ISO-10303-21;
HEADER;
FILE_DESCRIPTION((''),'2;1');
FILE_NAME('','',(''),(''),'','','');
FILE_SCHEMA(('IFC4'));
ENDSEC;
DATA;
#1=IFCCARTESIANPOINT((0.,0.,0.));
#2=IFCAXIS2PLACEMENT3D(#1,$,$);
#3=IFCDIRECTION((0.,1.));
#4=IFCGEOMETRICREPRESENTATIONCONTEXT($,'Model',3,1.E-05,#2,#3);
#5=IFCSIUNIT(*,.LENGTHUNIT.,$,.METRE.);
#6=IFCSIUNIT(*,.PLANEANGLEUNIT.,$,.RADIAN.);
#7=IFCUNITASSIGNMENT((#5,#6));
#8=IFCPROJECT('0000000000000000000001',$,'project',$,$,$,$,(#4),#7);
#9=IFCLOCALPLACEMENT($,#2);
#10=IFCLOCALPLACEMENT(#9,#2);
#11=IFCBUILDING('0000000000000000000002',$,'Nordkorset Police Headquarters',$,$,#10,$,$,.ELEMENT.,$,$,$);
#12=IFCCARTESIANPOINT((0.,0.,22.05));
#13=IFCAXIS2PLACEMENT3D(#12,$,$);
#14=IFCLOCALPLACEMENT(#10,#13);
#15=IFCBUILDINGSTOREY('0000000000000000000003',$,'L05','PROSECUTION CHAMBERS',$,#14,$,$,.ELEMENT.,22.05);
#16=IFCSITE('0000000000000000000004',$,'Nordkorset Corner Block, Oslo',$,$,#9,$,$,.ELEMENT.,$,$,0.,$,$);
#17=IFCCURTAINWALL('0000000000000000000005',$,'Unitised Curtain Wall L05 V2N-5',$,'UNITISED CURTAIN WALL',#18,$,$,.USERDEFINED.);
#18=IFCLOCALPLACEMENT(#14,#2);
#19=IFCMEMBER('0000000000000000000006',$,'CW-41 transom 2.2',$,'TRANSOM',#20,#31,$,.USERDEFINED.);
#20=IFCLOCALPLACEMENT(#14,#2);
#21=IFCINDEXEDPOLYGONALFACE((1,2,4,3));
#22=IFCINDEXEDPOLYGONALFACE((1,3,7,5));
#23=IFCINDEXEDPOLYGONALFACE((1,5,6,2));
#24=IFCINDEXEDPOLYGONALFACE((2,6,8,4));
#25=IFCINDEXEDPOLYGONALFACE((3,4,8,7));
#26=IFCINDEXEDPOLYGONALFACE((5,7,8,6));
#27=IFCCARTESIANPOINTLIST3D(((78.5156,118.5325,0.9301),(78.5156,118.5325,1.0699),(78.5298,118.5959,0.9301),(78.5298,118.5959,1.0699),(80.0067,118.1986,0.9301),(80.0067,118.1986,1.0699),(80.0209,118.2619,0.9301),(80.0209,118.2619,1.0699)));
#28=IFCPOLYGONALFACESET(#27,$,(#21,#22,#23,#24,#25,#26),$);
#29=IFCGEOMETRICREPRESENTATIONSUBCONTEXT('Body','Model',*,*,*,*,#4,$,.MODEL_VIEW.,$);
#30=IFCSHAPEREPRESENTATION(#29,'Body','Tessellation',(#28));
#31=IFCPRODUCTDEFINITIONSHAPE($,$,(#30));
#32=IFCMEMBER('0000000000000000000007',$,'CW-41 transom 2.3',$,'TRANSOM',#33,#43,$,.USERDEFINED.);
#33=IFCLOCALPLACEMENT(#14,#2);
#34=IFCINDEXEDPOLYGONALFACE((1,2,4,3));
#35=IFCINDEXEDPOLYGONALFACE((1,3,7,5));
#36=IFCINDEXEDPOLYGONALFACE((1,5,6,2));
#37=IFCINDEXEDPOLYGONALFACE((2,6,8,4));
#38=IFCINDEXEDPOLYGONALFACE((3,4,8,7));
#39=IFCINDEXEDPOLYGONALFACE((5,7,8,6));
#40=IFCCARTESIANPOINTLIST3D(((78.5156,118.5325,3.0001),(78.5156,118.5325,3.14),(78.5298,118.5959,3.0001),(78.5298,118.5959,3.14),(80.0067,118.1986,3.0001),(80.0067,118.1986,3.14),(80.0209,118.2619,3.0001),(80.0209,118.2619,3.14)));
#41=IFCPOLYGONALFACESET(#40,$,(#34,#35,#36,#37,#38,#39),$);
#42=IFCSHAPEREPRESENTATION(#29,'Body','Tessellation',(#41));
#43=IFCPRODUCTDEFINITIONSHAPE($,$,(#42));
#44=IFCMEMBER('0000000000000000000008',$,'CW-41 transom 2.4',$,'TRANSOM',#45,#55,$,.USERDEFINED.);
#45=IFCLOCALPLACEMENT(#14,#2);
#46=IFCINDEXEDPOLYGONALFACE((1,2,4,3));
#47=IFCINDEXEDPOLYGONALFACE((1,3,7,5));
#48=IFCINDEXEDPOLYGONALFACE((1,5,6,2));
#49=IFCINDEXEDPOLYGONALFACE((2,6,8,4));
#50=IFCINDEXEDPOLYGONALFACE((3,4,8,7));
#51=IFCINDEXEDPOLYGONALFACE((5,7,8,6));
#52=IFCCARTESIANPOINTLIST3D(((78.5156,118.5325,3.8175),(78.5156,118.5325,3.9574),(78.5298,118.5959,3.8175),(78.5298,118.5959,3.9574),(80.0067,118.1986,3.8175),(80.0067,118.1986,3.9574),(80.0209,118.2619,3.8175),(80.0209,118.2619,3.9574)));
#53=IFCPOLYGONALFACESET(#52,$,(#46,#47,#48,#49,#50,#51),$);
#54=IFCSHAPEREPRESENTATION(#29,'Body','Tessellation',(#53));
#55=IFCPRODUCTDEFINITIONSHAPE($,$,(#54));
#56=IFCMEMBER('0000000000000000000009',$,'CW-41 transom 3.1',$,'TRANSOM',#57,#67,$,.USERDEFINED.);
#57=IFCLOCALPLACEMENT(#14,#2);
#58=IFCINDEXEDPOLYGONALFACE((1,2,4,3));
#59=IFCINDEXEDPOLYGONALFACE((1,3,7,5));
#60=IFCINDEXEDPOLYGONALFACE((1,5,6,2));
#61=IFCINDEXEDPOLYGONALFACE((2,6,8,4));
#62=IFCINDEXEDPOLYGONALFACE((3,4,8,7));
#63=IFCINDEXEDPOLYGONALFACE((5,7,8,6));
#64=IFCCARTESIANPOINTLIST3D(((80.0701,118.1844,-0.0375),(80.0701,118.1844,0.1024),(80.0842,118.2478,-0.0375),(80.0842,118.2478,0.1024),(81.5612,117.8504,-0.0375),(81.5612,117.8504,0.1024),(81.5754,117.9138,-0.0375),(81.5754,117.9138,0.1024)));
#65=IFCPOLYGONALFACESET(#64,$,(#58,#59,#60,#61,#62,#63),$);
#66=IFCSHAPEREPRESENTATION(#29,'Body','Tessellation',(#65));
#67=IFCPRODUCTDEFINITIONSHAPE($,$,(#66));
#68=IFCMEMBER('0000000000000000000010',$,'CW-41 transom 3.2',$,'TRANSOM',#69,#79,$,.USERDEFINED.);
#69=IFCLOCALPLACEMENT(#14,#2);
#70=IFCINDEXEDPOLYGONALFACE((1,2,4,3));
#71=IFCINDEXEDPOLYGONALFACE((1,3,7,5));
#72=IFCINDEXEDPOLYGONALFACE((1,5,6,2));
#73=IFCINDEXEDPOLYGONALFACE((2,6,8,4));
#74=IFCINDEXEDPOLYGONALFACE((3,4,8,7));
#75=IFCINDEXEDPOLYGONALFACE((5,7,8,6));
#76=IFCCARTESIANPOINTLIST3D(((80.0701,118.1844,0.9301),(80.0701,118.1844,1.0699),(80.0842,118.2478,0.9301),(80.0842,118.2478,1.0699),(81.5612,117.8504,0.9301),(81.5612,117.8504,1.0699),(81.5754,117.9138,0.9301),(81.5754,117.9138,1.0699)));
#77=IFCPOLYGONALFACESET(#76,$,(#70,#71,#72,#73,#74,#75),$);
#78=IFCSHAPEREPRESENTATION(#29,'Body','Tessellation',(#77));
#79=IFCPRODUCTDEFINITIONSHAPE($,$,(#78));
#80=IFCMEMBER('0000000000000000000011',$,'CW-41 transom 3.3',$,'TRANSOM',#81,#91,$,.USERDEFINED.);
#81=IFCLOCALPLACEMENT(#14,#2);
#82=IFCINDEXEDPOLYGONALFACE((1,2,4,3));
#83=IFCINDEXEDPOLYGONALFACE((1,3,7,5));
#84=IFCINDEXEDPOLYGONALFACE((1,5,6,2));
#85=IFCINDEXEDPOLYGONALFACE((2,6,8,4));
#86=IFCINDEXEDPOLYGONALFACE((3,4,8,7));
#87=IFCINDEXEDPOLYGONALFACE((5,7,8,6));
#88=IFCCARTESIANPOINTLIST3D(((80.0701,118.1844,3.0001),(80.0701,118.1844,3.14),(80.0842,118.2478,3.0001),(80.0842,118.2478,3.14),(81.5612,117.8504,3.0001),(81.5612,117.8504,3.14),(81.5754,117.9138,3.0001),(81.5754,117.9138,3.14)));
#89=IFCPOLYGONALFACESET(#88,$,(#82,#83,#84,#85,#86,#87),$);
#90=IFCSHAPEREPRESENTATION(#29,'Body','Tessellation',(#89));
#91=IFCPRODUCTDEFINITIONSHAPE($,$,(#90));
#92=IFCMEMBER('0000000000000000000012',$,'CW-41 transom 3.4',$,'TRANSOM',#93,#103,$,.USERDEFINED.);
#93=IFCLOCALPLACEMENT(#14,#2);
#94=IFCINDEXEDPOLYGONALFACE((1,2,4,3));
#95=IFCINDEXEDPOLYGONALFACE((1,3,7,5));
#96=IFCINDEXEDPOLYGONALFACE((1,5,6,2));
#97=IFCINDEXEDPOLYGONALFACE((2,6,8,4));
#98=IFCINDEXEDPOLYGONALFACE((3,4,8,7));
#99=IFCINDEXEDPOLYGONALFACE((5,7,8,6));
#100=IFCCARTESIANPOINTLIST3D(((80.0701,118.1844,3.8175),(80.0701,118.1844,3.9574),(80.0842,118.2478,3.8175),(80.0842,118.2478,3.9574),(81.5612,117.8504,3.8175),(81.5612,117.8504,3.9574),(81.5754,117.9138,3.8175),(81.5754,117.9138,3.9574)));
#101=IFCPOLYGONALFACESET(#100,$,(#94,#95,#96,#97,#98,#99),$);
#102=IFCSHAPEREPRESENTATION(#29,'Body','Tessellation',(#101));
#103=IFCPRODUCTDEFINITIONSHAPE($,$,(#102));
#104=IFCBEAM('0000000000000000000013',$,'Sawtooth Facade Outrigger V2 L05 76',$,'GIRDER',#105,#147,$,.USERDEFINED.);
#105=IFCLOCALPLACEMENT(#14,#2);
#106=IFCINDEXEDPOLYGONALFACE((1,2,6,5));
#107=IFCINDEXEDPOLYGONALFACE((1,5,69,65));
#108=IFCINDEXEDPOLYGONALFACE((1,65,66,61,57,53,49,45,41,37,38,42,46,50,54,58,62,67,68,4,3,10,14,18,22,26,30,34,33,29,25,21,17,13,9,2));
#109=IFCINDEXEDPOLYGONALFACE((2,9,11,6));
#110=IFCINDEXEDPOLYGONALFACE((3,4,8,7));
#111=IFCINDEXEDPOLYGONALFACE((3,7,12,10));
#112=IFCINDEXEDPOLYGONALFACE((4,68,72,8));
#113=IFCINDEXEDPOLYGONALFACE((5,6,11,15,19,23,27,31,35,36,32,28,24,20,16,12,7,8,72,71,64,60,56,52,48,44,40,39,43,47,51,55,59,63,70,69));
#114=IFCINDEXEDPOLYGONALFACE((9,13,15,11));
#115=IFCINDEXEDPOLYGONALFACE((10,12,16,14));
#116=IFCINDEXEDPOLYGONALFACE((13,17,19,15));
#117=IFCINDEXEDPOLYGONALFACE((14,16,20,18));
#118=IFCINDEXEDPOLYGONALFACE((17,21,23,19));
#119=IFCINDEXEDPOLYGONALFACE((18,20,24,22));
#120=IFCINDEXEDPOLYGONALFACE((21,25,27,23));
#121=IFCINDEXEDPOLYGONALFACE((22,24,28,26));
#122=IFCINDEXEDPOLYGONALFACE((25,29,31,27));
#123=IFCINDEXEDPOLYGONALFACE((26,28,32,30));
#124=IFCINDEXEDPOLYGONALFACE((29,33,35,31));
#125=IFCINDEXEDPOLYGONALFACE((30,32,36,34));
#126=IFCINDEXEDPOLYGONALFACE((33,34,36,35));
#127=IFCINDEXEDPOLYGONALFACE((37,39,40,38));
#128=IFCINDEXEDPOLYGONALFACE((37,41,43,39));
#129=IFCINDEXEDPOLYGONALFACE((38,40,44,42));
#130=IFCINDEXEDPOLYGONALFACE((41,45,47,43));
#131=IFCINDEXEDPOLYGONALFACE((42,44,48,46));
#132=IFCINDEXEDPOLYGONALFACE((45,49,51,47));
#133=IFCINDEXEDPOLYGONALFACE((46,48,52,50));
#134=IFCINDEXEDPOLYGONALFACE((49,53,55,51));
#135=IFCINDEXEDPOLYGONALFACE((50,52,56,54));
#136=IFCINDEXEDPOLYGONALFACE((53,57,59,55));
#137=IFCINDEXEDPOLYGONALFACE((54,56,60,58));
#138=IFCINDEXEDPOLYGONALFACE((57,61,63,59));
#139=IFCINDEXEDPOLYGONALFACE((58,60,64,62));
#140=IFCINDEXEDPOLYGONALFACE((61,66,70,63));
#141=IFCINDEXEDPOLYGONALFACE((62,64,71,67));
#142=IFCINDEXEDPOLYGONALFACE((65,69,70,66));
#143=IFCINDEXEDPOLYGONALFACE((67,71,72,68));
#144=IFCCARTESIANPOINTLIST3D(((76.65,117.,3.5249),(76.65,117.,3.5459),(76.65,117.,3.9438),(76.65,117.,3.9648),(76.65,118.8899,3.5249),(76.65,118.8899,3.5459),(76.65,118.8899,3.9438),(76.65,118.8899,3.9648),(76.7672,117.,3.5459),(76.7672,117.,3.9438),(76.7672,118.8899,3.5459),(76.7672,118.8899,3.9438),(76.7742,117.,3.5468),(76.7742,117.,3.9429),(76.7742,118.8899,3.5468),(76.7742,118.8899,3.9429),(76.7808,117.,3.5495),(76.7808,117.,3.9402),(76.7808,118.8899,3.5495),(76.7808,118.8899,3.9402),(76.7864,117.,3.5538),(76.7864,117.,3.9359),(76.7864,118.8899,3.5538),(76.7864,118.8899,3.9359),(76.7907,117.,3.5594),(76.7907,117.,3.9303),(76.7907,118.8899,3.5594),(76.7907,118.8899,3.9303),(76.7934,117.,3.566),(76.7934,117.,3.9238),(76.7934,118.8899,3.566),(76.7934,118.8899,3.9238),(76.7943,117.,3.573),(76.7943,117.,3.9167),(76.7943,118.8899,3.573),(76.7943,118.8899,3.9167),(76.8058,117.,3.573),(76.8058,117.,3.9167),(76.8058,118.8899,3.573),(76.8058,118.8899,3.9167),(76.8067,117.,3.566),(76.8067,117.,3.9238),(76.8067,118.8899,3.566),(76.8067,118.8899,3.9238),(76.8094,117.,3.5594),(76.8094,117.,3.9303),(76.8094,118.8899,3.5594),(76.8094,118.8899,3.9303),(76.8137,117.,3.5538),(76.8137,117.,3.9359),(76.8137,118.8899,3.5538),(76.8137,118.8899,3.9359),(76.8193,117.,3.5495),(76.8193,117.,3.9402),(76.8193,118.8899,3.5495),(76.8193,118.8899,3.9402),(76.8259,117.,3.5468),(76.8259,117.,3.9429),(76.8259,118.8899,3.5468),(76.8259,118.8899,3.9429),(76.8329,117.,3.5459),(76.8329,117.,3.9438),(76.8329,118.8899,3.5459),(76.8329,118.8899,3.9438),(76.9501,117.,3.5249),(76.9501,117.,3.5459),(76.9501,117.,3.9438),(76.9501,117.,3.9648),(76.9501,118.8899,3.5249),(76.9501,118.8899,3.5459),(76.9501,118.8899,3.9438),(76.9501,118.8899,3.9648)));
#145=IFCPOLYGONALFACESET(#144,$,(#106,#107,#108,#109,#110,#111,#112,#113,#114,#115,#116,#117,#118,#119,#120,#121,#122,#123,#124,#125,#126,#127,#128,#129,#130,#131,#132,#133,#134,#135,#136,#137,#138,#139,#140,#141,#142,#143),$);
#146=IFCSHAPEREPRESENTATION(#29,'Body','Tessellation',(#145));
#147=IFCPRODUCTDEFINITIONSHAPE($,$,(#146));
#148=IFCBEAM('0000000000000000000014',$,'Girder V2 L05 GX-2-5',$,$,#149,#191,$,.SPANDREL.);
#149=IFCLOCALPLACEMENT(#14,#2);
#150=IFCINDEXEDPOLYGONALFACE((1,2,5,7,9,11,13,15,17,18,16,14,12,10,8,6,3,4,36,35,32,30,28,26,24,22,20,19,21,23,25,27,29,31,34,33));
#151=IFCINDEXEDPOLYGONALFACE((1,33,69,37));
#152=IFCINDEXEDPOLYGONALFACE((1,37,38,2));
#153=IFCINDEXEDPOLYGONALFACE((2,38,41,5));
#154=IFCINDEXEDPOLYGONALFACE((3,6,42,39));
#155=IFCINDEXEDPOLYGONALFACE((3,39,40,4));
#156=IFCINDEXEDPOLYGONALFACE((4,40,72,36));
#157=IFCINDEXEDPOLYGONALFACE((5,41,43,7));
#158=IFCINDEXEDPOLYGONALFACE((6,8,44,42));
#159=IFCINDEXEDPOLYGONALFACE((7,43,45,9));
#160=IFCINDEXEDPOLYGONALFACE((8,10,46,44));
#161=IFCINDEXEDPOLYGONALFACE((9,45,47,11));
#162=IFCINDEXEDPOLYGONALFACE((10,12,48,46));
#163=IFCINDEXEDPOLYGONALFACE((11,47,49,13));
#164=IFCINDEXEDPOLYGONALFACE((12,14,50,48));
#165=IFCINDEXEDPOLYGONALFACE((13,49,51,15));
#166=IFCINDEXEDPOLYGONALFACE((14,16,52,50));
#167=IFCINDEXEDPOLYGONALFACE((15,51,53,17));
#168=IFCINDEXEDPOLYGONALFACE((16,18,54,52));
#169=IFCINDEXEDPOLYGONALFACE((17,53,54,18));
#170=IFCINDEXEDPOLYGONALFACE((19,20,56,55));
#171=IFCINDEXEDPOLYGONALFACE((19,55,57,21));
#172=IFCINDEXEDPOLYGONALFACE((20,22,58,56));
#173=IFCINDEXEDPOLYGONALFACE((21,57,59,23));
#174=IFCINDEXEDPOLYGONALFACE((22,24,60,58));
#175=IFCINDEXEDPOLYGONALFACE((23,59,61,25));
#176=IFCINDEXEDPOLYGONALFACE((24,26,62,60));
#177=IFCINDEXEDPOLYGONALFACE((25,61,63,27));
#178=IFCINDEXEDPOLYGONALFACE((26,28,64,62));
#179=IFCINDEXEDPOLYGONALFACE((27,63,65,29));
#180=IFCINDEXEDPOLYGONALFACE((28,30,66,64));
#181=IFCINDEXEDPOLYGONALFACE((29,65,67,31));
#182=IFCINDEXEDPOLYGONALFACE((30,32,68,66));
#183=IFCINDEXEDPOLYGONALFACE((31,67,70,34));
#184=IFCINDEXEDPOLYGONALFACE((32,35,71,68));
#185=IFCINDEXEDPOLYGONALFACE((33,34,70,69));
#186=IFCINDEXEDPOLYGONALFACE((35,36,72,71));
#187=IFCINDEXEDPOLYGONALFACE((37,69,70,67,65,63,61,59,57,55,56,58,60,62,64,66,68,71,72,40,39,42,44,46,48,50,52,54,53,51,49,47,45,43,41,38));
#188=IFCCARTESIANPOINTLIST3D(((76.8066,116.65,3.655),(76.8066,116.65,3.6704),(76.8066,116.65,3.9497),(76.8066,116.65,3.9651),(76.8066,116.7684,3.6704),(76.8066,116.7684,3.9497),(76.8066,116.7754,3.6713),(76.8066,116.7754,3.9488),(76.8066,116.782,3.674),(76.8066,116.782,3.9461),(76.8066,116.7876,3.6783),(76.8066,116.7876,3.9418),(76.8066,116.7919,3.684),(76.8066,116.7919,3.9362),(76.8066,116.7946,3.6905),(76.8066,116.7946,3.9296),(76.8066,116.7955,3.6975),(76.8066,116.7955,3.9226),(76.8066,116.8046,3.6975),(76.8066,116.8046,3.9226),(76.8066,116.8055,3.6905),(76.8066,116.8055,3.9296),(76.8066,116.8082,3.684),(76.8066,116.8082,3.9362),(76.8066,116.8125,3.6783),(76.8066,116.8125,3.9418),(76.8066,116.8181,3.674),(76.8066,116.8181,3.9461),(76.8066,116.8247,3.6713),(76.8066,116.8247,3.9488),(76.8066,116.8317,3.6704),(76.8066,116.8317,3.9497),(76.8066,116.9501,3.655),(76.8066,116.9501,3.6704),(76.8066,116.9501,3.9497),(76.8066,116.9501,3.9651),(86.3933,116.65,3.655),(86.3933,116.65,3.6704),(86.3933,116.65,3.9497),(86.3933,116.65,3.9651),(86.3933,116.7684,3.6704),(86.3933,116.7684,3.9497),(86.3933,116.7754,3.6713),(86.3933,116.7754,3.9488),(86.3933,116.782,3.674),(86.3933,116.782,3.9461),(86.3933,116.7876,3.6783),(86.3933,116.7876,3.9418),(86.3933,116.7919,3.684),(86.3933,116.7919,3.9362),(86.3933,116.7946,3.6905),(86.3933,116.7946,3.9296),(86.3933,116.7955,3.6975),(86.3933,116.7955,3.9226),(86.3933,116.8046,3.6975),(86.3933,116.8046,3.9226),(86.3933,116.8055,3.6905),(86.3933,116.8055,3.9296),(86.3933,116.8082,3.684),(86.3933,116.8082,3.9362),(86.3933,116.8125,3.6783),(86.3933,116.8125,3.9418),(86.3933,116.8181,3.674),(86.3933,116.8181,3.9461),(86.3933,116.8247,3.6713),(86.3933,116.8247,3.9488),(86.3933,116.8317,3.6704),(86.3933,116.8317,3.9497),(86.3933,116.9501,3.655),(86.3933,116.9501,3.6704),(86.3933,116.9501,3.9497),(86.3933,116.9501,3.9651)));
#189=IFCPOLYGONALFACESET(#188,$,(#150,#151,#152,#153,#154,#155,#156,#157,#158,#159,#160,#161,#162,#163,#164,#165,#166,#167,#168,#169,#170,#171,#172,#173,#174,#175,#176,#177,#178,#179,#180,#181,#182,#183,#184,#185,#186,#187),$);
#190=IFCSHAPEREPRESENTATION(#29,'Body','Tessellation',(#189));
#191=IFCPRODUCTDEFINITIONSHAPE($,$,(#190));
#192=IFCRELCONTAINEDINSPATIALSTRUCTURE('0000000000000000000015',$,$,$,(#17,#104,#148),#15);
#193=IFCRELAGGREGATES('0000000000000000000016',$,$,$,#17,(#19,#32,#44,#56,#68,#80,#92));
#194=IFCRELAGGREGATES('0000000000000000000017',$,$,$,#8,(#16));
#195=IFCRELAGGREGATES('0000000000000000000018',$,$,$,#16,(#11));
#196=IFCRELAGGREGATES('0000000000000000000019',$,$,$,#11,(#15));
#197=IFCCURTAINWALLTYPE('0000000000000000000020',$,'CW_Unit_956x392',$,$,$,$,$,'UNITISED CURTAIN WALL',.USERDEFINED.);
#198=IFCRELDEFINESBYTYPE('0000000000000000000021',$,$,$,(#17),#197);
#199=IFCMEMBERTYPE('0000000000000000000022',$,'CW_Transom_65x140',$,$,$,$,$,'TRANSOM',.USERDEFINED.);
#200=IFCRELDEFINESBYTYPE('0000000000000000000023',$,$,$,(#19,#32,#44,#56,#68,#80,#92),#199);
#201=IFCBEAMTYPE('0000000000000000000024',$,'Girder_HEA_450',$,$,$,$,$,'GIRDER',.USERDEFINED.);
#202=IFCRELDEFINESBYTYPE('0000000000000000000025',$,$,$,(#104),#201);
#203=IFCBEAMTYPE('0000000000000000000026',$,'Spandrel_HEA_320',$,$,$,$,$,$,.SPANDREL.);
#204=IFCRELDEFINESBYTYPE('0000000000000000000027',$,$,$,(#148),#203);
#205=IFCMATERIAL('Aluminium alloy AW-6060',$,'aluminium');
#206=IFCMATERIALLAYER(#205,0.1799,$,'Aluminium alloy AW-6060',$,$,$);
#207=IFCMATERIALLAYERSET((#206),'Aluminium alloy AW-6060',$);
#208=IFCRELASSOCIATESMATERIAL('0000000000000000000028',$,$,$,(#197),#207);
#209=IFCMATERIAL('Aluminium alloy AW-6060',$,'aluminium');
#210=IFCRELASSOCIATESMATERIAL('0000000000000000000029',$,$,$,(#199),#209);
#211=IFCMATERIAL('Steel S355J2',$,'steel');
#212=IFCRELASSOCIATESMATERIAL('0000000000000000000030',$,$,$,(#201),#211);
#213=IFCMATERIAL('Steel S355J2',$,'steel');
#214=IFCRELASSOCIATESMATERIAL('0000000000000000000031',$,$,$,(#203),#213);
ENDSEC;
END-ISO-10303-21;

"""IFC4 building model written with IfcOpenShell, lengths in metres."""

from ifc_helpers import new_model, si_unit, direction, frame, origin, origin_2d, place, context, subcontext, project, spatial, rectangle, i_section, extrude, material, layer, layer_set, material_profile, profile_set, type_object, element, aggregate, save


model = new_model("IFC4")

# Units and contexts
model_context = context("Model", 3, precision=1e-05, world=origin(), true_north=direction((0.0, 1.0)))
body_context = subcontext(model_context, "Body", "Model", "MODEL_VIEW")
ifc_project = project(units=[si_unit("LENGTHUNIT", "METRE"), si_unit("PLANEANGLEUNIT", "RADIAN")], contexts=[model_context])

# Site, building, storey
site_placement = place(None, origin())
site = spatial("IfcSite", under=ifc_project, at=site_placement, Name="Nordkorset Corner Block, Oslo", CompositionType="ELEMENT", RefElevation=0.0)
building_placement = place(site_placement, origin())
building = spatial("IfcBuilding", under=site, at=building_placement, Name="Nordkorset Police Headquarters", CompositionType="ELEMENT")
storey_placement = place(building_placement, frame((0.0, 0.0, 22.05)))
storey = spatial("IfcBuildingStorey", under=building, at=storey_placement, Name="L05", Description="PROSECUTION CHAMBERS", CompositionType="ELEMENT", Elevation=22.05)

# Curtain wall
ifc_material_1 = material(Name="Aluminium alloy AW-6060", Category="aluminium")
ifc_layer_1 = layer(ifc_material_1, 0.1799, Name="Aluminium alloy AW-6060")
ifc_layer_set_1 = layer_set([ifc_layer_1], Name="Aluminium alloy AW-6060")
curtain_wall_type_1 = type_object("IfcCurtainWallType", Name="CW_Unit_956x392", ElementType="UNITISED CURTAIN WALL", PredefinedType="USERDEFINED", material=ifc_layer_set_1)
curtain_wall_1_placement = place(storey_placement, origin())
curtain_wall_1 = element("IfcCurtainWall", 1, at=curtain_wall_1_placement, inside=storey, type_object=curtain_wall_type_1, Name="Unitised Curtain Wall L05 V2N-5", ObjectType="UNITISED CURTAIN WALL", PredefinedType="USERDEFINED")

# Members
ifc_material_2 = material(Name="Aluminium alloy AW-6060", Category="aluminium")
ifc_material_profile_1 = material_profile(ifc_material_2, rectangle(XDim=0.0649, YDim=0.1399, at=origin_2d()), Name="ALU TRAN 65x140")
ifc_profile_set_1 = profile_set([ifc_material_profile_1], Name="Aluminium alloy AW-6060")
member_type_1 = type_object("IfcMemberType", Name="CW_Transom_65x140", ElementType="TRANSOM", PredefinedType="USERDEFINED", material=ifc_profile_set_1)
member_1_placement = place(storey_placement, frame((78.5227, 118.5642, 1.0), z_axis=(0.975825, -0.218554, 0.0), x_axis=(0.218554, 0.975825, 0.0)))
member_1 = element("IfcMember", 2, at=member_1_placement, type_object=member_type_1, Name="CW-41 transom 2.2", ObjectType="TRANSOM", PredefinedType="USERDEFINED", context=body_context, shape_type="SweptSolid", body=[
    extrude(rectangle(XDim=0.0649, YDim=0.1399, at=origin_2d()), origin(), (0.0, 0.0, 1.0), 1.5281),
])
member_2_placement = place(storey_placement, frame((78.5227, 118.5642, 3.0701), z_axis=(0.975825, -0.218554, 0.0), x_axis=(0.218554, 0.975825, 0.0)))
member_2 = element("IfcMember", 3, at=member_2_placement, type_object=member_type_1, Name="CW-41 transom 2.3", ObjectType="TRANSOM", PredefinedType="USERDEFINED", context=body_context, shape_type="SweptSolid", body=[
    extrude(rectangle(XDim=0.0649, YDim=0.1399, at=origin_2d()), origin(), (0.0, 0.0, 1.0), 1.5281),
])
member_3_placement = place(storey_placement, frame((78.5227, 118.5642, 3.8875), z_axis=(0.975825, -0.218554, 0.0), x_axis=(0.218554, 0.975825, 0.0)))
member_3 = element("IfcMember", 4, at=member_3_placement, type_object=member_type_1, Name="CW-41 transom 2.4", ObjectType="TRANSOM", PredefinedType="USERDEFINED", context=body_context, shape_type="SweptSolid", body=[
    extrude(rectangle(XDim=0.0649, YDim=0.1399, at=origin_2d()), origin(), (0.0, 0.0, 1.0), 1.5281),
])
member_4_placement = place(storey_placement, frame((80.0771, 118.2161, 0.0325), z_axis=(0.975825, -0.218554, 0.0), x_axis=(0.218554, 0.975825, 0.0)))
member_4 = element("IfcMember", 5, at=member_4_placement, type_object=member_type_1, Name="CW-41 transom 3.1", ObjectType="TRANSOM", PredefinedType="USERDEFINED", context=body_context, shape_type="SweptSolid", body=[
    extrude(rectangle(XDim=0.0649, YDim=0.1399, at=origin_2d()), origin(), (0.0, 0.0, 1.0), 1.5281),
])
member_5_placement = place(storey_placement, frame((80.0771, 118.2161, 1.0), z_axis=(0.975825, -0.218554, 0.0), x_axis=(0.218554, 0.975825, 0.0)))
member_5 = element("IfcMember", 6, at=member_5_placement, type_object=member_type_1, Name="CW-41 transom 3.2", ObjectType="TRANSOM", PredefinedType="USERDEFINED", context=body_context, shape_type="SweptSolid", body=[
    extrude(rectangle(XDim=0.0649, YDim=0.1399, at=origin_2d()), origin(), (0.0, 0.0, 1.0), 1.5281),
])
member_6_placement = place(storey_placement, frame((80.0771, 118.2161, 3.0701), z_axis=(0.975825, -0.218554, 0.0), x_axis=(0.218554, 0.975825, 0.0)))
member_6 = element("IfcMember", 7, at=member_6_placement, type_object=member_type_1, Name="CW-41 transom 3.3", ObjectType="TRANSOM", PredefinedType="USERDEFINED", context=body_context, shape_type="SweptSolid", body=[
    extrude(rectangle(XDim=0.0649, YDim=0.1399, at=origin_2d()), origin(), (0.0, 0.0, 1.0), 1.5281),
])
member_7_placement = place(storey_placement, frame((80.0771, 118.2161, 3.8875), z_axis=(0.975825, -0.218554, 0.0), x_axis=(0.218554, 0.975825, 0.0)))
member_7 = element("IfcMember", 8, at=member_7_placement, type_object=member_type_1, Name="CW-41 transom 3.4", ObjectType="TRANSOM", PredefinedType="USERDEFINED", context=body_context, shape_type="SweptSolid", body=[
    extrude(rectangle(XDim=0.0649, YDim=0.1399, at=origin_2d()), origin(), (0.0, 0.0, 1.0), 1.5281),
])

# Beams
ifc_material_3 = material(Name="Steel S355J2", Category="steel")
ifc_material_profile_2 = material_profile(ifc_material_3, i_section(OverallWidth=0.3, OverallDepth=0.4399, WebThickness=0.0115, FlangeThickness=0.021, FilletRadius=0.0271, at=origin_2d()), Name="HEA 450")
ifc_profile_set_2 = profile_set([ifc_material_profile_2], Name="Steel S355J2")
beam_type_1 = type_object("IfcBeamType", Name="Girder_HEA_450", ElementType="GIRDER", PredefinedType="USERDEFINED", material=ifc_profile_set_2)
beam_1_placement = place(storey_placement, frame((76.8, 117.0, 3.7449), z_axis=(0.0, 1.0, 0.0), x_axis=(-1.0, 0.0, 0.0)))
element("IfcBeam", 9, at=beam_1_placement, inside=storey, type_object=beam_type_1, Name="Sawtooth Facade Outrigger V2 L05 76", ObjectType="GIRDER", PredefinedType="USERDEFINED", context=body_context, shape_type="SweptSolid", body=[
    extrude(i_section(OverallWidth=0.3, OverallDepth=0.4399, WebThickness=0.0115, FlangeThickness=0.021, FilletRadius=0.0271, at=origin_2d()), origin(), (0.0, 0.0, 1.0), 1.8899),
])
ifc_material_4 = material(Name="Steel S355J2", Category="steel")
ifc_material_profile_3 = material_profile(ifc_material_4, i_section(OverallWidth=0.3, OverallDepth=0.3101, WebThickness=0.009, FlangeThickness=0.0154, FilletRadius=0.0271, at=origin_2d()), Name="HEA 320")
ifc_profile_set_3 = profile_set([ifc_material_profile_3], Name="Steel S355J2")
beam_type_2 = type_object("IfcBeamType", Name="Spandrel_HEA_320", PredefinedType="SPANDREL", material=ifc_profile_set_3)
beam_2_placement = place(storey_placement, frame((76.8066, 116.8, 3.8101), z_axis=(1.0, 0.0, 0.0), x_axis=(0.0, 1.0, 0.0)))
element("IfcBeam", 10, at=beam_2_placement, inside=storey, type_object=beam_type_2, Name="Girder V2 L05 GX-2-5", PredefinedType="SPANDREL", context=body_context, shape_type="SweptSolid", body=[
    extrude(i_section(OverallWidth=0.3, OverallDepth=0.3101, WebThickness=0.009, FlangeThickness=0.0154, FilletRadius=0.0271, at=origin_2d()), origin(), (0.0, 0.0, 1.0), 9.5867),
])

aggregate(curtain_wall_1, [member_1, member_2, member_3, member_4, member_5, member_6, member_7])

save(model, "model.ifc")
